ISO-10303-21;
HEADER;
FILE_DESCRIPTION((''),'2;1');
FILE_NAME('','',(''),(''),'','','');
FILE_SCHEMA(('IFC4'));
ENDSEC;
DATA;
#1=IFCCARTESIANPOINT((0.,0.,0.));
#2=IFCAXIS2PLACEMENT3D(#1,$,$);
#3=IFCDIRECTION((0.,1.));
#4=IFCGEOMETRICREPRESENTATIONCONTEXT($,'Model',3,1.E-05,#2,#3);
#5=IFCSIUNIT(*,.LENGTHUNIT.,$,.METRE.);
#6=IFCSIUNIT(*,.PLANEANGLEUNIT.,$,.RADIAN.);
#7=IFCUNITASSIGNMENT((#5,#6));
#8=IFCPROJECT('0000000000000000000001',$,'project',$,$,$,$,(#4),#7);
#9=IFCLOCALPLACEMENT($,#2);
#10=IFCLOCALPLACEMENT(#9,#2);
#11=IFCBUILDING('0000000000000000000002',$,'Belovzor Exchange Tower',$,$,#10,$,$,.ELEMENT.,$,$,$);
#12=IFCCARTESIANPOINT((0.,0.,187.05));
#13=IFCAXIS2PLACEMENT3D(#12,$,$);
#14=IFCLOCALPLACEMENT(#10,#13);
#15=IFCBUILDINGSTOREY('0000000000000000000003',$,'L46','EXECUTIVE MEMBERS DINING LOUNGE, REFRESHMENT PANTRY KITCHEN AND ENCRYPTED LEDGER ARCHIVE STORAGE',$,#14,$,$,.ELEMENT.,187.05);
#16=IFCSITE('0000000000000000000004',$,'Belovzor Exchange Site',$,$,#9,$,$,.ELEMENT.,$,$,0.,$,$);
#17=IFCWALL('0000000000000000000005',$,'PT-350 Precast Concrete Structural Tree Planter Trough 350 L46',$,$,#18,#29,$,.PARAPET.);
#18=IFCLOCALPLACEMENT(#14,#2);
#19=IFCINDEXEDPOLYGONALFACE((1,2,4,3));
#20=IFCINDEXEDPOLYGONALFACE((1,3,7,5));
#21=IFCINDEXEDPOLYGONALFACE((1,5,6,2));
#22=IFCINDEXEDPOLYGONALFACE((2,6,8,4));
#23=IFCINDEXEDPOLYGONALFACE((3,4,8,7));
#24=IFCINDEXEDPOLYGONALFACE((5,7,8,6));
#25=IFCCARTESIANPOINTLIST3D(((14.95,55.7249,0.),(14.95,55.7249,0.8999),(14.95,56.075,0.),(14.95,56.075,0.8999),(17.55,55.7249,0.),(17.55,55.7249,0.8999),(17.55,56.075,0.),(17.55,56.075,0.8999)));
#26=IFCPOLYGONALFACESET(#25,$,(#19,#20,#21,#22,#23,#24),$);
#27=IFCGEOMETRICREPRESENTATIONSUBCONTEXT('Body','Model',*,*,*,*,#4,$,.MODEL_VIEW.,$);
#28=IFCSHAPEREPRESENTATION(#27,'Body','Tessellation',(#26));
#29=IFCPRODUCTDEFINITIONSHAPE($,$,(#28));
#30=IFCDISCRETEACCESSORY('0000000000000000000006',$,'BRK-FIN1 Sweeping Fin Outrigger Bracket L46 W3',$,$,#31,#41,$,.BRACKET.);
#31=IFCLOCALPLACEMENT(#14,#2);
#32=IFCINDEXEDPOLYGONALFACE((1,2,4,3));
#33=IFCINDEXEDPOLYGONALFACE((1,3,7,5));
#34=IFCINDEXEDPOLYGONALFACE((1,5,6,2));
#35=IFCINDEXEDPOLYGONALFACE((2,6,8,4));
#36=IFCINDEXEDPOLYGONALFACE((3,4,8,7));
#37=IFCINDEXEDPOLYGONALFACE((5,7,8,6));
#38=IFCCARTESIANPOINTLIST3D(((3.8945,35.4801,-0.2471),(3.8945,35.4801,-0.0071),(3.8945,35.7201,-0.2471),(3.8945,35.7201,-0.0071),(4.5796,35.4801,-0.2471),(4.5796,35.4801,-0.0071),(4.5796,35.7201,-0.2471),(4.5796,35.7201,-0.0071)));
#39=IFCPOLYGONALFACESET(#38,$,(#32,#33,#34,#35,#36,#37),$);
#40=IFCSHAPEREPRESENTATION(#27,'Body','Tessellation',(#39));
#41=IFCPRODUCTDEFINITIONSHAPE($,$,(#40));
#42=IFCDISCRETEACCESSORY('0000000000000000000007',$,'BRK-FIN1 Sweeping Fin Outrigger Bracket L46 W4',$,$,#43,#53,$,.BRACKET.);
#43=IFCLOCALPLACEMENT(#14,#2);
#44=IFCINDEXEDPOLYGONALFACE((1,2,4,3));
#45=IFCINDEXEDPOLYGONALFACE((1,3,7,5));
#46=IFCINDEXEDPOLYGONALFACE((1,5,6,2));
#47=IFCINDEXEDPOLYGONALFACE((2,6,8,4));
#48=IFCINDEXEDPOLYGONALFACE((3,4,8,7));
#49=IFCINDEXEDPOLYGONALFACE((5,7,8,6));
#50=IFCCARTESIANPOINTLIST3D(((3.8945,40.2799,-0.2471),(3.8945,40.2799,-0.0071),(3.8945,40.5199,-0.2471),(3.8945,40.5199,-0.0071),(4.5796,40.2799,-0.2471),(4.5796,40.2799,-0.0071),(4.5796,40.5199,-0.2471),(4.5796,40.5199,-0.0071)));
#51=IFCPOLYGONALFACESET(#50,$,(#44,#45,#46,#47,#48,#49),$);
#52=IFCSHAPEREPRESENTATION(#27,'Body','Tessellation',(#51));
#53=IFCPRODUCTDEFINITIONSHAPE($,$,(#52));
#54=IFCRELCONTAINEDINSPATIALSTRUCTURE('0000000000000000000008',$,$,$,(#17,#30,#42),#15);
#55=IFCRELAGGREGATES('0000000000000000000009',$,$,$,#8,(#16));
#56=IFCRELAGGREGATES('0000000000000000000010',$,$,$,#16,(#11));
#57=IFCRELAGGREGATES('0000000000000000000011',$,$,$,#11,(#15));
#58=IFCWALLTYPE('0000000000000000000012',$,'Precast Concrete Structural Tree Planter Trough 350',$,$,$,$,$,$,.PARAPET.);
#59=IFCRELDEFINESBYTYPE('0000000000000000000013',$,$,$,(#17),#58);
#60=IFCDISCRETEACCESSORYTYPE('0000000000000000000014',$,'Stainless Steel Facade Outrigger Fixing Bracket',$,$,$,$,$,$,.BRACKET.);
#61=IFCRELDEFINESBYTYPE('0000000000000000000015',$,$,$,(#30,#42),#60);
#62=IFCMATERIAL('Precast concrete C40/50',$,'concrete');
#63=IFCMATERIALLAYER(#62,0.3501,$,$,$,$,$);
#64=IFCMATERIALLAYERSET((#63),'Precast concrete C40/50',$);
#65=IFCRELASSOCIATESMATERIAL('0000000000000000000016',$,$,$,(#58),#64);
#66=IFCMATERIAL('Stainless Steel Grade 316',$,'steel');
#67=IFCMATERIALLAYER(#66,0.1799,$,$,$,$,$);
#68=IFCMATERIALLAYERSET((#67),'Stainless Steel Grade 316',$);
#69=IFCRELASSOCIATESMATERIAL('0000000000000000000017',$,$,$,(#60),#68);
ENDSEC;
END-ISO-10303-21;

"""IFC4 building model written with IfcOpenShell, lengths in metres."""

from ifc_helpers import new_model, si_unit, direction, frame, frame_2d, origin, origin_2d, place, context, subcontext, project, spatial, rectangle, extrude, material, layer, layer_set, type_object, element, save


model = new_model("IFC4")

# Units and contexts
model_context = context("Model", 3, precision=1e-05, world=origin(), true_north=direction((0.0, 1.0)))
body_context = subcontext(model_context, "Body", "Model", "MODEL_VIEW")
ifc_project = project(units=[si_unit("LENGTHUNIT", "METRE"), si_unit("PLANEANGLEUNIT", "RADIAN")], contexts=[model_context])

# Site, building, storey
site_placement = place(None, origin())
site = spatial("IfcSite", under=ifc_project, at=site_placement, Name="Belovzor Exchange Site", CompositionType="ELEMENT", RefElevation=0.0)
building_placement = place(site_placement, origin())
building = spatial("IfcBuilding", under=site, at=building_placement, Name="Belovzor Exchange Tower", CompositionType="ELEMENT")
storey_placement = place(building_placement, frame((0.0, 0.0, 187.05)))
storey = spatial("IfcBuildingStorey", under=building, at=storey_placement, Name="L46", Description="EXECUTIVE MEMBERS DINING LOUNGE, REFRESHMENT PANTRY KITCHEN AND ENCRYPTED LEDGER ARCHIVE STORAGE", CompositionType="ELEMENT", Elevation=187.05)

# Wall
ifc_material_1 = material(Name="Precast concrete C40/50", Category="concrete")
ifc_layer_1 = layer(ifc_material_1, 0.3501)
ifc_layer_set_1 = layer_set([ifc_layer_1], Name="Precast concrete C40/50")
wall_type_1 = type_object("IfcWallType", Name="Precast Concrete Structural Tree Planter Trough 350", PredefinedType="PARAPET", material=ifc_layer_set_1)
wall_1_placement = place(storey_placement, frame((14.95, 55.8999, 0.0), z_axis=(0.0, 0.0, 1.0), x_axis=(1.0, 0.0, 0.0)))
element("IfcWall", 1, at=wall_1_placement, inside=storey, type_object=wall_type_1, Name="PT-350 Precast Concrete Structural Tree Planter Trough 350 L46", PredefinedType="PARAPET", context=body_context, shape_type="SweptSolid", body=[
    extrude(rectangle(XDim=2.6001, YDim=0.3501, at=frame_2d((1.3, 0.0))), origin(), (0.0, 0.0, 1.0), 0.8999),
])

# Discrete accessories
ifc_material_2 = material(Name="Stainless Steel Grade 316", Category="steel")
ifc_layer_2 = layer(ifc_material_2, 0.1799)
ifc_layer_set_2 = layer_set([ifc_layer_2], Name="Stainless Steel Grade 316")
discrete_accessory_type = type_object("IfcDiscreteAccessoryType", Name="Stainless Steel Facade Outrigger Fixing Bracket", PredefinedType="BRACKET", material=ifc_layer_set_2)
for number, where, z_axis, x_axis, name in (
    (2, (4.2371, 35.6001, -0.2471), (0.0, 0.0, 1.0), (1.0, 0.0, 0.0), "BRK-FIN1 Sweeping Fin Outrigger Bracket L46 W3"),
    (3, (4.2371, 40.3999, -0.2471), (0.0, 0.0, 1.0), (1.0, 0.0, 0.0), "BRK-FIN1 Sweeping Fin Outrigger Bracket L46 W4"),
):
    element("IfcDiscreteAccessory", number, at=place(storey_placement, frame(where, z_axis=z_axis, x_axis=x_axis)), inside=storey, type_object=discrete_accessory_type, Name=name, PredefinedType="BRACKET", context=body_context, shape_type="SweptSolid", body=[
        extrude(rectangle(XDim=0.6851, YDim=0.24, at=origin_2d()), origin(), (0.0, 0.0, 1.0), 0.24),
    ])

save(model, "model.ifc")
